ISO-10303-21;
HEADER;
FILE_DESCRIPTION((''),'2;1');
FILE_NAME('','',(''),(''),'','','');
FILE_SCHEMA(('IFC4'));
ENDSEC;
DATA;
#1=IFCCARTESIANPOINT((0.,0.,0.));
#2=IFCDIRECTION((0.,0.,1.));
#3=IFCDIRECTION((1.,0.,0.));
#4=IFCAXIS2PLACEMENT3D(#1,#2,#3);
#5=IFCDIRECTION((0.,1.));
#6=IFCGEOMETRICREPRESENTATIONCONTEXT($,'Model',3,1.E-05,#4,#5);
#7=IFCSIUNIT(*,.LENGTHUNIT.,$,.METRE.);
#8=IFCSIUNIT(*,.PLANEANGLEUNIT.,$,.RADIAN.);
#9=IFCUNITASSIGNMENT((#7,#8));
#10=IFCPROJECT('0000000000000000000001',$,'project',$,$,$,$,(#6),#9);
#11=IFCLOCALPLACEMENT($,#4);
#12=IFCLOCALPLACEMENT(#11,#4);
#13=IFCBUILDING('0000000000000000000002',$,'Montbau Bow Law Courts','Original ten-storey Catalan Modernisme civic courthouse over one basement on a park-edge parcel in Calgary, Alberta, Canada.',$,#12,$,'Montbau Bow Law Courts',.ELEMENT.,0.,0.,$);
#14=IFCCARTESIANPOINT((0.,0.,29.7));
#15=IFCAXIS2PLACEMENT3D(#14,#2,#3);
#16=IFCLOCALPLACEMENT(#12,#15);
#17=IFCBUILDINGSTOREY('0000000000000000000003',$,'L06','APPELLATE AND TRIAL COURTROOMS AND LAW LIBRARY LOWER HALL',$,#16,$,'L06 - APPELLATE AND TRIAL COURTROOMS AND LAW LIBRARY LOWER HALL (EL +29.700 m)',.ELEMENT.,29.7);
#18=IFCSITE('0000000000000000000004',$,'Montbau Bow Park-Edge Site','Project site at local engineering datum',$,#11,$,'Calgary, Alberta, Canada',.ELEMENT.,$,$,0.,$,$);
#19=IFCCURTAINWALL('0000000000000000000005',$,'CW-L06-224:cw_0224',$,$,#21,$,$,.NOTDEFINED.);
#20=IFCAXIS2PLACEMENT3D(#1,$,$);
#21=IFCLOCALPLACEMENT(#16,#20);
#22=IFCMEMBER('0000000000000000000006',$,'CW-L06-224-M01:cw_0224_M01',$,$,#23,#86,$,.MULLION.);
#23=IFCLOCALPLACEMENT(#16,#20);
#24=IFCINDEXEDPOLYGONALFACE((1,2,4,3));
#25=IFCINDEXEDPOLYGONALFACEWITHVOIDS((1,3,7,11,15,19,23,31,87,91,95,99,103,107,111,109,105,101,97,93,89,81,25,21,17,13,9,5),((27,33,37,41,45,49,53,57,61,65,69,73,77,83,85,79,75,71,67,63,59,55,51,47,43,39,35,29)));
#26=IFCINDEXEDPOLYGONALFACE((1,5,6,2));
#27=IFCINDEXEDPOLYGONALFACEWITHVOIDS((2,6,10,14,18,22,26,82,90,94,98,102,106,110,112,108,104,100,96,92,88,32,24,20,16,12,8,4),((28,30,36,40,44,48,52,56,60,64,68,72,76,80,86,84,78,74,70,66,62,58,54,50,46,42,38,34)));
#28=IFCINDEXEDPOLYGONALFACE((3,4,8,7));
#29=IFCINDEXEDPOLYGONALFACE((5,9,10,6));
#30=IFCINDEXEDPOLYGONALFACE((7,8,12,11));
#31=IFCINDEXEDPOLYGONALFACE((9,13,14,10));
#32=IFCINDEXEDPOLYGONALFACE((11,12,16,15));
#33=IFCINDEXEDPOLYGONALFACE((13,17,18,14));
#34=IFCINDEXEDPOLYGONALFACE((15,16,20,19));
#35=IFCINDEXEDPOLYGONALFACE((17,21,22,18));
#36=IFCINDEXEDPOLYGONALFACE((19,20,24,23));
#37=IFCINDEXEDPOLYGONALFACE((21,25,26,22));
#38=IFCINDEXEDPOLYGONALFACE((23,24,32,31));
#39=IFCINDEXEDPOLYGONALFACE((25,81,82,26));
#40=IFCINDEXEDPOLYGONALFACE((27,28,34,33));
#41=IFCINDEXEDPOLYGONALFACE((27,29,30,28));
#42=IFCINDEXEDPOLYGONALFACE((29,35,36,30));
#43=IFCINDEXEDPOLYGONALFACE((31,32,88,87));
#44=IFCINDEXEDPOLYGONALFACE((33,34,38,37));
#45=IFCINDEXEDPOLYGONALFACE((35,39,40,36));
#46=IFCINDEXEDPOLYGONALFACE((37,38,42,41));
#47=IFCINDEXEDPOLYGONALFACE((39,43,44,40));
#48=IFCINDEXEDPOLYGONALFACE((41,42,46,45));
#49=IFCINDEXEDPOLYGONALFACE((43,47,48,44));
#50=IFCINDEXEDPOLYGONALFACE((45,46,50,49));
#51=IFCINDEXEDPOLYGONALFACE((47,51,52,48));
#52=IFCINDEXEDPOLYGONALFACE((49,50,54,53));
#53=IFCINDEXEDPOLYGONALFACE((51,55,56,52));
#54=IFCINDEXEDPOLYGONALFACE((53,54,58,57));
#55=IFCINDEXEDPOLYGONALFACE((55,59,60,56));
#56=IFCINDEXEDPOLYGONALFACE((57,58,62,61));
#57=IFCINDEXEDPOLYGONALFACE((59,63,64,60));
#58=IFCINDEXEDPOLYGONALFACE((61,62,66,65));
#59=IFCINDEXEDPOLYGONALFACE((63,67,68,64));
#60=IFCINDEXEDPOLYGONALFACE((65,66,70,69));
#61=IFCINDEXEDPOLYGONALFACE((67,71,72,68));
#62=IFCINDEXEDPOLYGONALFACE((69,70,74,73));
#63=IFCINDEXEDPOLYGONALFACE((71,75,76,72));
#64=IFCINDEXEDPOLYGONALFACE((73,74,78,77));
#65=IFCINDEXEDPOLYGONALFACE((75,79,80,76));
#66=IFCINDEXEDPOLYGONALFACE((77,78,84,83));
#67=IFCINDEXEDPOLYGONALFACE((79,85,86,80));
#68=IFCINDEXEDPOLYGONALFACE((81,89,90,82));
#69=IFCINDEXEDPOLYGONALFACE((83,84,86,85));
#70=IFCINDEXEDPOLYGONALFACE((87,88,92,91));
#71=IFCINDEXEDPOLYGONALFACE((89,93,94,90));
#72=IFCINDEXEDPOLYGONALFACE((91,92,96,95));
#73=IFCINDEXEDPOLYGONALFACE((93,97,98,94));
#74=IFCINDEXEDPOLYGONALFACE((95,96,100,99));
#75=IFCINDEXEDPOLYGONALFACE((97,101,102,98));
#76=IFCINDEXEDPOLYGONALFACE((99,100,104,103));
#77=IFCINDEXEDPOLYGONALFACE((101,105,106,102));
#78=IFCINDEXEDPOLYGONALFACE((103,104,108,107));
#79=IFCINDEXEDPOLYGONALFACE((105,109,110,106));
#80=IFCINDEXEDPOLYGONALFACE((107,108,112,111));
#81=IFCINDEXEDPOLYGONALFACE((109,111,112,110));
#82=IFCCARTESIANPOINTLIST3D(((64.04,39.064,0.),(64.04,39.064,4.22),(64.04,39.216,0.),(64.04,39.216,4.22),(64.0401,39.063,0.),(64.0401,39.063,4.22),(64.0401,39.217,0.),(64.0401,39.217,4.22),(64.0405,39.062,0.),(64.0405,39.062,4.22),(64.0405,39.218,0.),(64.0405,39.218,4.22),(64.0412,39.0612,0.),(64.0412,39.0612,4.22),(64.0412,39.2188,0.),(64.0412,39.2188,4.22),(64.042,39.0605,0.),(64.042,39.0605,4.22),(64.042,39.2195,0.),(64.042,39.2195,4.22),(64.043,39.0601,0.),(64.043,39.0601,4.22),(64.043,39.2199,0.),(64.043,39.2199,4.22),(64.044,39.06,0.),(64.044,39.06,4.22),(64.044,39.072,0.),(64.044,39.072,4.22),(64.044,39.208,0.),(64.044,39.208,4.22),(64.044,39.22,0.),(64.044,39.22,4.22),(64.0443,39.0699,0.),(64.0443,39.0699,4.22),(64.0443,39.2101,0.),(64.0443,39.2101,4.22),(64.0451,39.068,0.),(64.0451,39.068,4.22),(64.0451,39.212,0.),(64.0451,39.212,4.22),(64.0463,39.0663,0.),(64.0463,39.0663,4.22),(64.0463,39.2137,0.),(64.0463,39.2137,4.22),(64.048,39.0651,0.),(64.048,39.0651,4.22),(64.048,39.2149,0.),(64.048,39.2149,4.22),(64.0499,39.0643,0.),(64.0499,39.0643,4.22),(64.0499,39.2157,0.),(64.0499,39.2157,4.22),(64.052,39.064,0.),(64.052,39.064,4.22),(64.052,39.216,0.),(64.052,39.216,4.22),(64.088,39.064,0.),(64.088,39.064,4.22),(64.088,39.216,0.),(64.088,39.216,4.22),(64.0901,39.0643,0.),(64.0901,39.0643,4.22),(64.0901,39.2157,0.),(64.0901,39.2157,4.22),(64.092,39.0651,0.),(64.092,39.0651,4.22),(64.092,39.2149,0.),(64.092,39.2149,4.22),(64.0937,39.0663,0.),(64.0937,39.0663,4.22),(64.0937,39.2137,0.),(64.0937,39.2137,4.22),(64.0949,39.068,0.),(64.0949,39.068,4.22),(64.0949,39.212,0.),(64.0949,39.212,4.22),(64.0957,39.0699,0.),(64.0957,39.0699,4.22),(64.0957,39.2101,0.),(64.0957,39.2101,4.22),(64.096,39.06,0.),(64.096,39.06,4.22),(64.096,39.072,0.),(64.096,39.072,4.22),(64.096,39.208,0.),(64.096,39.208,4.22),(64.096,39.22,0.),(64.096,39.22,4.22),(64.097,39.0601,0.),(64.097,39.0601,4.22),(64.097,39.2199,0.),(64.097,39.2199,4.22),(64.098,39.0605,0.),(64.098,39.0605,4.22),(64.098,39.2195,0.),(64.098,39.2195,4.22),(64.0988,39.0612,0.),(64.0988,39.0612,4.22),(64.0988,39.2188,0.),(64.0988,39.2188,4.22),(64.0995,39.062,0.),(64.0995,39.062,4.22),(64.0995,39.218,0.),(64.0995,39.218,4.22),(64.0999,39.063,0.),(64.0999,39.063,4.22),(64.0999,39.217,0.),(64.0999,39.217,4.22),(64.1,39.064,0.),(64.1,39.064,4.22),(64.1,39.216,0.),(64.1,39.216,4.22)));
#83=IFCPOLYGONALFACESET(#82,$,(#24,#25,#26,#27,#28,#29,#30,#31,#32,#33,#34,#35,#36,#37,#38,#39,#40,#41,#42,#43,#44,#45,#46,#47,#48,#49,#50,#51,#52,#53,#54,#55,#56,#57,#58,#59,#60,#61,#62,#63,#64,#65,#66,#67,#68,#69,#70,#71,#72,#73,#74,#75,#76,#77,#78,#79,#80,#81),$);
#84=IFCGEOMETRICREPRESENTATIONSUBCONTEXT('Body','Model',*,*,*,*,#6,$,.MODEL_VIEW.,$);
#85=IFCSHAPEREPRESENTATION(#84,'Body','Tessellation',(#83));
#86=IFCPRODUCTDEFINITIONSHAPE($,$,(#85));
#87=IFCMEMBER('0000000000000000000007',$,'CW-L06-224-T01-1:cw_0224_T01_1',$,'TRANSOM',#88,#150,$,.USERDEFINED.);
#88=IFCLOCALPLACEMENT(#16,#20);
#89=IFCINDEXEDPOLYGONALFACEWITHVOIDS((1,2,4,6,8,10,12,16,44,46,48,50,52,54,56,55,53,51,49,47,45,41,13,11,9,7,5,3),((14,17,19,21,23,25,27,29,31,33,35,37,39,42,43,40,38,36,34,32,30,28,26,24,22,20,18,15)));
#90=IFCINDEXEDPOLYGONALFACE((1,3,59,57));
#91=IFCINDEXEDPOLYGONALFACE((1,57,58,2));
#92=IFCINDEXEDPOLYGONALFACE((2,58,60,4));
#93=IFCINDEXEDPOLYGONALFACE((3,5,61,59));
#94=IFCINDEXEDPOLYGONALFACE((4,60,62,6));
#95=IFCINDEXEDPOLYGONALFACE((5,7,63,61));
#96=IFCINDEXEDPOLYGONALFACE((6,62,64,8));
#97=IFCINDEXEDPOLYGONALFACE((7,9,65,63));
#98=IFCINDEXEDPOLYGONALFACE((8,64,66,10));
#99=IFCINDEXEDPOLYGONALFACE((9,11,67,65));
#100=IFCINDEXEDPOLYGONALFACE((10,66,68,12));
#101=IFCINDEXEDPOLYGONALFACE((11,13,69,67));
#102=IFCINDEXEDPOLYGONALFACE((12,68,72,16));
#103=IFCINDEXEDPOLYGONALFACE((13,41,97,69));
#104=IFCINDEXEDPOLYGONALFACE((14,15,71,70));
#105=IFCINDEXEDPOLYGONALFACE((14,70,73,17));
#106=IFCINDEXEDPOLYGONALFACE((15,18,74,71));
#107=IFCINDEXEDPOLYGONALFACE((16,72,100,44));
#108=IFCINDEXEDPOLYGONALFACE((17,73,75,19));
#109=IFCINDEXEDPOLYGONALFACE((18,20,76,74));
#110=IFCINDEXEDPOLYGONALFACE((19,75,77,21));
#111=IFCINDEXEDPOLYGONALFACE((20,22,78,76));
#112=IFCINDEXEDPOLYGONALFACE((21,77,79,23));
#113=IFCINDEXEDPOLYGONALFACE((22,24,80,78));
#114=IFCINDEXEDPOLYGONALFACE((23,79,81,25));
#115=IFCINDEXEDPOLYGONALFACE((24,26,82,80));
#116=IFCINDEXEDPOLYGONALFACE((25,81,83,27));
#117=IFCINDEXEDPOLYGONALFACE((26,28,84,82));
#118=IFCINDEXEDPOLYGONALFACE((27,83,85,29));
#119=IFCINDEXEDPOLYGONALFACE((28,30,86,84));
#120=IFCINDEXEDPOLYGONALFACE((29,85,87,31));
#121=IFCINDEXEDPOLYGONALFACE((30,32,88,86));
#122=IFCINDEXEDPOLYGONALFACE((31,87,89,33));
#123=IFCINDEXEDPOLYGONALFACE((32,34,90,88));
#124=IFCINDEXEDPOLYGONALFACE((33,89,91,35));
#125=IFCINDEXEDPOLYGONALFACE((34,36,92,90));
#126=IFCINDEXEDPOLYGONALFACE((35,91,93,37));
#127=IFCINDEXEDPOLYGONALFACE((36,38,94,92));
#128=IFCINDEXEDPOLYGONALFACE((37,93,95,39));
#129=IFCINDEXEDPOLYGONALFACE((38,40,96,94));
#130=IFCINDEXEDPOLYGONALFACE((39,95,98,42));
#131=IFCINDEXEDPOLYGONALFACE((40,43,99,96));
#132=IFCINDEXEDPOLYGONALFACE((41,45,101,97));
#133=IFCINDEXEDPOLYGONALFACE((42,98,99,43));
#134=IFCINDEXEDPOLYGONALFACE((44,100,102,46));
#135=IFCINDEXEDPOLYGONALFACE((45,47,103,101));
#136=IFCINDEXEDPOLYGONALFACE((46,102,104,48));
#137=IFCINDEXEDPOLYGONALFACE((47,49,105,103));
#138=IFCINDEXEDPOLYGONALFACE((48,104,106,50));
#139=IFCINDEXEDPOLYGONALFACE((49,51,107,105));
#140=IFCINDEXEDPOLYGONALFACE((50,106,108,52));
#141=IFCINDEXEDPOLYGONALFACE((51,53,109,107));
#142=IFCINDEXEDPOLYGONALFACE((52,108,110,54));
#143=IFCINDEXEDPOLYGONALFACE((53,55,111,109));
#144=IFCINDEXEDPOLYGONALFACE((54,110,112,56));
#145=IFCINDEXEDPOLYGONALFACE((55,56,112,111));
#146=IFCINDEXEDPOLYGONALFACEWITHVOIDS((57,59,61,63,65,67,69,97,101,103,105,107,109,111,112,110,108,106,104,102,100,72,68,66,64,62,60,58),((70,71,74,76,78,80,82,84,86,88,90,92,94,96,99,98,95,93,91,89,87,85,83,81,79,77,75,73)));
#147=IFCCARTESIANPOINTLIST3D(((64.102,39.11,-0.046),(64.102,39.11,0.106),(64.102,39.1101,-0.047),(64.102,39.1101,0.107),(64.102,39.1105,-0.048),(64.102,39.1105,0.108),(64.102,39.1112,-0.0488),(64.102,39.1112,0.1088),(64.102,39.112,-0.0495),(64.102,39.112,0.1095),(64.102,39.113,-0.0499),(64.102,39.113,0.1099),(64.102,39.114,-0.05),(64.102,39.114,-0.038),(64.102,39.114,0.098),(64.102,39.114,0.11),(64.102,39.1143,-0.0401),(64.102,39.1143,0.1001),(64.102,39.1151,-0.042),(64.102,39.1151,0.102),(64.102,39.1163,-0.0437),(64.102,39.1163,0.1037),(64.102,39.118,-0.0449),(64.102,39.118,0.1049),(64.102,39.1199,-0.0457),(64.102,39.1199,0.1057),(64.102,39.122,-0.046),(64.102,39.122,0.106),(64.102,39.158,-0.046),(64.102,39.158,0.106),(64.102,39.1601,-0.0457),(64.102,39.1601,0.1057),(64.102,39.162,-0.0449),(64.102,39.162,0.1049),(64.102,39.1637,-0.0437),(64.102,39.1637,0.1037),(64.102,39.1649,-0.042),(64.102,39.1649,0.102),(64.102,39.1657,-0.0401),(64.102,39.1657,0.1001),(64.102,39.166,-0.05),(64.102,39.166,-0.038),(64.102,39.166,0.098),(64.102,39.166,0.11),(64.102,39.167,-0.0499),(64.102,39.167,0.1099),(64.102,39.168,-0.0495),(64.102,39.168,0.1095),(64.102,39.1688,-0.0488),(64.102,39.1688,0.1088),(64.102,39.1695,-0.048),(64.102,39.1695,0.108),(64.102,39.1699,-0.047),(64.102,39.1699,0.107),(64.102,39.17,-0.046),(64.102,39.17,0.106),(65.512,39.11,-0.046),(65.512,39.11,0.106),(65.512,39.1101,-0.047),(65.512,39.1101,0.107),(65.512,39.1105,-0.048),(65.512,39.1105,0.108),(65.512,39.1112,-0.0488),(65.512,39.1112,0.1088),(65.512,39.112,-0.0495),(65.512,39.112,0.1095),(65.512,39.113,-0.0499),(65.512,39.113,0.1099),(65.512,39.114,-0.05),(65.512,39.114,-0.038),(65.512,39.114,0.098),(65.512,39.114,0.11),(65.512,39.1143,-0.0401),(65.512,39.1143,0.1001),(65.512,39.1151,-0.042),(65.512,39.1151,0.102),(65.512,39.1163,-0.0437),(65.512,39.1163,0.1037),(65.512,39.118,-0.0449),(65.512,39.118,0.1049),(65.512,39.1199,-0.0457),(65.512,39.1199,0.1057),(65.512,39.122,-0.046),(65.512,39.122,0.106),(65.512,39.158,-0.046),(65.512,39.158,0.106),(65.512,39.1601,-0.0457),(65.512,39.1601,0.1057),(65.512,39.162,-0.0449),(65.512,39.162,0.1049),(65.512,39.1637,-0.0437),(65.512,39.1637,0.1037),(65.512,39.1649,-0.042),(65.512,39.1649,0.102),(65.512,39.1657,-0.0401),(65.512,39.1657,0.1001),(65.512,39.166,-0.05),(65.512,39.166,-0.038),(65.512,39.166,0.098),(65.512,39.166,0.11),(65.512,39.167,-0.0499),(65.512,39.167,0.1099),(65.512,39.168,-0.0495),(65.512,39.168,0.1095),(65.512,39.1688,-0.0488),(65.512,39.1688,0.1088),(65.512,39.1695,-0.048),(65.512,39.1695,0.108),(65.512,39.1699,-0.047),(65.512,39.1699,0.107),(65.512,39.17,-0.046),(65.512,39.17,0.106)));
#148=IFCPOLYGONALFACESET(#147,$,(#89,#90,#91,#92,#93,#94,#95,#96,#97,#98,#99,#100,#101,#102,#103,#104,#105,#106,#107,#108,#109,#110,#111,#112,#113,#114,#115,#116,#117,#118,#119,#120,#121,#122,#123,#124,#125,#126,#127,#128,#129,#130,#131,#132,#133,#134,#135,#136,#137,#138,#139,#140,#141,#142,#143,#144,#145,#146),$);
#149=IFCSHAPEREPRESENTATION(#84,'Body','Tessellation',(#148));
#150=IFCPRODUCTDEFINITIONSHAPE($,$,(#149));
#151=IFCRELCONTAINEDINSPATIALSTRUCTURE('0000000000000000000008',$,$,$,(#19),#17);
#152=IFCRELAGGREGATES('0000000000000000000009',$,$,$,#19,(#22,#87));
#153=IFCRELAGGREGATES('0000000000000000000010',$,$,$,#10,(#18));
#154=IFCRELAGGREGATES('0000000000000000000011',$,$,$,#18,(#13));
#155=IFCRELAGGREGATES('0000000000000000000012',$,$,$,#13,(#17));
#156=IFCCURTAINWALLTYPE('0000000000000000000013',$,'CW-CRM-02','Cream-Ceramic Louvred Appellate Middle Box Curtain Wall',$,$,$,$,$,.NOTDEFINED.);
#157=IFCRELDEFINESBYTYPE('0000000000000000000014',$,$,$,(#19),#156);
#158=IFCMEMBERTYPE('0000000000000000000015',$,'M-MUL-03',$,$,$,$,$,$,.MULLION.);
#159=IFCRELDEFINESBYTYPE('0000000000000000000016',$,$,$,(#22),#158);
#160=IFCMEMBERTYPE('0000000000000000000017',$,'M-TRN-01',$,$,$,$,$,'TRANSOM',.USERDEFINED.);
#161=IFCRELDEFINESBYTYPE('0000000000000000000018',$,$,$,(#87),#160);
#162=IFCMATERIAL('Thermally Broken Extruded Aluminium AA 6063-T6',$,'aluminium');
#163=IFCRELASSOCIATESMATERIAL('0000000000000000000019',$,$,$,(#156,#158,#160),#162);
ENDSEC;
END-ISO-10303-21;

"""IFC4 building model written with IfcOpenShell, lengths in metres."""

from ifc_helpers import new_model, si_unit, direction, frame, origin_with_axes, origin_2d_with_axis, place, context, subcontext, project, spatial, hollow_rectangle, extrude, material, material_profile, profile_set, type_object, element, aggregate, save


model = new_model("IFC4")

# Units and contexts
model_context = context("Model", 3, precision=1e-05, world=origin_with_axes(), true_north=direction((0.0, 1.0)))
body_context = subcontext(model_context, "Body", "Model", "MODEL_VIEW")
ifc_project = project(units=[si_unit("LENGTHUNIT", "METRE"), si_unit("PLANEANGLEUNIT", "RADIAN")], contexts=[model_context])

# Site, building, storey
site_placement = place(None, origin_with_axes())
site = spatial("IfcSite", under=ifc_project, at=site_placement, Name="Montbau Bow Park-Edge Site", Description="Project site at local engineering datum", LongName="Calgary, Alberta, Canada", CompositionType="ELEMENT", RefElevation=0.0)
building_placement = place(site_placement, origin_with_axes())
building = spatial("IfcBuilding", under=site, at=building_placement, Name="Montbau Bow Law Courts", Description="Original ten-storey Catalan Modernisme civic courthouse over one basement on a park-edge parcel in Calgary, Alberta, Canada.", LongName="Montbau Bow Law Courts", CompositionType="ELEMENT", ElevationOfRefHeight=0.0, ElevationOfTerrain=0.0)
storey_placement = place(building_placement, frame((0.0, 0.0, 29.7), z_axis=(0.0, 0.0, 1.0), x_axis=(1.0, 0.0, 0.0)))
storey = spatial("IfcBuildingStorey", under=building, at=storey_placement, Name="L06", Description="APPELLATE AND TRIAL COURTROOMS AND LAW LIBRARY LOWER HALL", LongName="L06 - APPELLATE AND TRIAL COURTROOMS AND LAW LIBRARY LOWER HALL (EL +29.700 m)", CompositionType="ELEMENT", Elevation=29.7)

# Curtain wall, members
ifc_material_1 = material(Name="Thermally Broken Extruded Aluminium AA 6063-T6", Category="aluminium")
curtain_wall_type = type_object("IfcCurtainWallType", Name="CW-CRM-02", Description="Cream-Ceramic Louvred Appellate Middle Box Curtain Wall", PredefinedType="NOTDEFINED", material=ifc_material_1)
curtain_wall_placement = place(None, frame((64.04, 39.14, 29.7), z_axis=(0.0, 0.0, 1.0), x_axis=(1.0, 0.0, 0.0)))
curtain_wall = element("IfcCurtainWall", 1, at=curtain_wall_placement, inside=storey, type_object=curtain_wall_type, Name="CW-L06-224:cw_0224", PredefinedType="NOTDEFINED")
ifc_material_profile_1 = material_profile(ifc_material_1, hollow_rectangle(XDim=0.06, YDim=0.16, WallThickness=0.004, InnerFilletRadius=0.008, OuterFilletRadius=0.004, at=origin_2d_with_axis()), Name="CWM-160X60", Category="Main", Priority=0)
ifc_profile_set_1 = profile_set([ifc_material_profile_1], Name="Thermally Broken Extruded Aluminium AA 6063-T6")
member_type_1 = type_object("IfcMemberType", Name="M-MUL-03", PredefinedType="MULLION", material=ifc_profile_set_1)
member_1_placement = place(None, frame((64.07, 39.14, 29.7), z_axis=(0.0, 0.0, 1.0), x_axis=(1.0, 0.0, 0.0)))
member_1 = element("IfcMember", 2, at=member_1_placement, type_object=member_type_1, Name="CW-L06-224-M01:cw_0224_M01", PredefinedType="MULLION", context=body_context, shape_type="SweptSolid", body=[
    extrude(hollow_rectangle(XDim=0.06, YDim=0.16, WallThickness=0.004, InnerFilletRadius=0.008, OuterFilletRadius=0.004, at=origin_2d_with_axis()), origin_with_axes(), (0.0, 0.0, 1.0), 4.22),
])
ifc_material_profile_2 = material_profile(ifc_material_1, hollow_rectangle(XDim=0.06, YDim=0.16, WallThickness=0.004, InnerFilletRadius=0.008, OuterFilletRadius=0.004, at=origin_2d_with_axis()), Name="CWT-160X60", Category="Main", Priority=0)
ifc_profile_set_2 = profile_set([ifc_material_profile_2], Name="Thermally Broken Extruded Aluminium AA 6063-T6")
member_type_2 = type_object("IfcMemberType", Name="M-TRN-01", ElementType="TRANSOM", PredefinedType="USERDEFINED", material=ifc_profile_set_2)
member_2_placement = place(None, frame((64.102, 39.14, 29.73), z_axis=(1.0, 0.0, 0.0), x_axis=(0.0, 1.0, 0.0)))
member_2 = element("IfcMember", 3, at=member_2_placement, type_object=member_type_2, Name="CW-L06-224-T01-1:cw_0224_T01_1", ObjectType="TRANSOM", PredefinedType="USERDEFINED", context=body_context, shape_type="SweptSolid", body=[
    extrude(hollow_rectangle(XDim=0.06, YDim=0.16, WallThickness=0.004, InnerFilletRadius=0.008, OuterFilletRadius=0.004, at=origin_2d_with_axis()), origin_with_axes(), (0.0, 0.0, 1.0), 1.41),
])
aggregate(curtain_wall, [member_1, member_2])

save(model, "model.ifc")
